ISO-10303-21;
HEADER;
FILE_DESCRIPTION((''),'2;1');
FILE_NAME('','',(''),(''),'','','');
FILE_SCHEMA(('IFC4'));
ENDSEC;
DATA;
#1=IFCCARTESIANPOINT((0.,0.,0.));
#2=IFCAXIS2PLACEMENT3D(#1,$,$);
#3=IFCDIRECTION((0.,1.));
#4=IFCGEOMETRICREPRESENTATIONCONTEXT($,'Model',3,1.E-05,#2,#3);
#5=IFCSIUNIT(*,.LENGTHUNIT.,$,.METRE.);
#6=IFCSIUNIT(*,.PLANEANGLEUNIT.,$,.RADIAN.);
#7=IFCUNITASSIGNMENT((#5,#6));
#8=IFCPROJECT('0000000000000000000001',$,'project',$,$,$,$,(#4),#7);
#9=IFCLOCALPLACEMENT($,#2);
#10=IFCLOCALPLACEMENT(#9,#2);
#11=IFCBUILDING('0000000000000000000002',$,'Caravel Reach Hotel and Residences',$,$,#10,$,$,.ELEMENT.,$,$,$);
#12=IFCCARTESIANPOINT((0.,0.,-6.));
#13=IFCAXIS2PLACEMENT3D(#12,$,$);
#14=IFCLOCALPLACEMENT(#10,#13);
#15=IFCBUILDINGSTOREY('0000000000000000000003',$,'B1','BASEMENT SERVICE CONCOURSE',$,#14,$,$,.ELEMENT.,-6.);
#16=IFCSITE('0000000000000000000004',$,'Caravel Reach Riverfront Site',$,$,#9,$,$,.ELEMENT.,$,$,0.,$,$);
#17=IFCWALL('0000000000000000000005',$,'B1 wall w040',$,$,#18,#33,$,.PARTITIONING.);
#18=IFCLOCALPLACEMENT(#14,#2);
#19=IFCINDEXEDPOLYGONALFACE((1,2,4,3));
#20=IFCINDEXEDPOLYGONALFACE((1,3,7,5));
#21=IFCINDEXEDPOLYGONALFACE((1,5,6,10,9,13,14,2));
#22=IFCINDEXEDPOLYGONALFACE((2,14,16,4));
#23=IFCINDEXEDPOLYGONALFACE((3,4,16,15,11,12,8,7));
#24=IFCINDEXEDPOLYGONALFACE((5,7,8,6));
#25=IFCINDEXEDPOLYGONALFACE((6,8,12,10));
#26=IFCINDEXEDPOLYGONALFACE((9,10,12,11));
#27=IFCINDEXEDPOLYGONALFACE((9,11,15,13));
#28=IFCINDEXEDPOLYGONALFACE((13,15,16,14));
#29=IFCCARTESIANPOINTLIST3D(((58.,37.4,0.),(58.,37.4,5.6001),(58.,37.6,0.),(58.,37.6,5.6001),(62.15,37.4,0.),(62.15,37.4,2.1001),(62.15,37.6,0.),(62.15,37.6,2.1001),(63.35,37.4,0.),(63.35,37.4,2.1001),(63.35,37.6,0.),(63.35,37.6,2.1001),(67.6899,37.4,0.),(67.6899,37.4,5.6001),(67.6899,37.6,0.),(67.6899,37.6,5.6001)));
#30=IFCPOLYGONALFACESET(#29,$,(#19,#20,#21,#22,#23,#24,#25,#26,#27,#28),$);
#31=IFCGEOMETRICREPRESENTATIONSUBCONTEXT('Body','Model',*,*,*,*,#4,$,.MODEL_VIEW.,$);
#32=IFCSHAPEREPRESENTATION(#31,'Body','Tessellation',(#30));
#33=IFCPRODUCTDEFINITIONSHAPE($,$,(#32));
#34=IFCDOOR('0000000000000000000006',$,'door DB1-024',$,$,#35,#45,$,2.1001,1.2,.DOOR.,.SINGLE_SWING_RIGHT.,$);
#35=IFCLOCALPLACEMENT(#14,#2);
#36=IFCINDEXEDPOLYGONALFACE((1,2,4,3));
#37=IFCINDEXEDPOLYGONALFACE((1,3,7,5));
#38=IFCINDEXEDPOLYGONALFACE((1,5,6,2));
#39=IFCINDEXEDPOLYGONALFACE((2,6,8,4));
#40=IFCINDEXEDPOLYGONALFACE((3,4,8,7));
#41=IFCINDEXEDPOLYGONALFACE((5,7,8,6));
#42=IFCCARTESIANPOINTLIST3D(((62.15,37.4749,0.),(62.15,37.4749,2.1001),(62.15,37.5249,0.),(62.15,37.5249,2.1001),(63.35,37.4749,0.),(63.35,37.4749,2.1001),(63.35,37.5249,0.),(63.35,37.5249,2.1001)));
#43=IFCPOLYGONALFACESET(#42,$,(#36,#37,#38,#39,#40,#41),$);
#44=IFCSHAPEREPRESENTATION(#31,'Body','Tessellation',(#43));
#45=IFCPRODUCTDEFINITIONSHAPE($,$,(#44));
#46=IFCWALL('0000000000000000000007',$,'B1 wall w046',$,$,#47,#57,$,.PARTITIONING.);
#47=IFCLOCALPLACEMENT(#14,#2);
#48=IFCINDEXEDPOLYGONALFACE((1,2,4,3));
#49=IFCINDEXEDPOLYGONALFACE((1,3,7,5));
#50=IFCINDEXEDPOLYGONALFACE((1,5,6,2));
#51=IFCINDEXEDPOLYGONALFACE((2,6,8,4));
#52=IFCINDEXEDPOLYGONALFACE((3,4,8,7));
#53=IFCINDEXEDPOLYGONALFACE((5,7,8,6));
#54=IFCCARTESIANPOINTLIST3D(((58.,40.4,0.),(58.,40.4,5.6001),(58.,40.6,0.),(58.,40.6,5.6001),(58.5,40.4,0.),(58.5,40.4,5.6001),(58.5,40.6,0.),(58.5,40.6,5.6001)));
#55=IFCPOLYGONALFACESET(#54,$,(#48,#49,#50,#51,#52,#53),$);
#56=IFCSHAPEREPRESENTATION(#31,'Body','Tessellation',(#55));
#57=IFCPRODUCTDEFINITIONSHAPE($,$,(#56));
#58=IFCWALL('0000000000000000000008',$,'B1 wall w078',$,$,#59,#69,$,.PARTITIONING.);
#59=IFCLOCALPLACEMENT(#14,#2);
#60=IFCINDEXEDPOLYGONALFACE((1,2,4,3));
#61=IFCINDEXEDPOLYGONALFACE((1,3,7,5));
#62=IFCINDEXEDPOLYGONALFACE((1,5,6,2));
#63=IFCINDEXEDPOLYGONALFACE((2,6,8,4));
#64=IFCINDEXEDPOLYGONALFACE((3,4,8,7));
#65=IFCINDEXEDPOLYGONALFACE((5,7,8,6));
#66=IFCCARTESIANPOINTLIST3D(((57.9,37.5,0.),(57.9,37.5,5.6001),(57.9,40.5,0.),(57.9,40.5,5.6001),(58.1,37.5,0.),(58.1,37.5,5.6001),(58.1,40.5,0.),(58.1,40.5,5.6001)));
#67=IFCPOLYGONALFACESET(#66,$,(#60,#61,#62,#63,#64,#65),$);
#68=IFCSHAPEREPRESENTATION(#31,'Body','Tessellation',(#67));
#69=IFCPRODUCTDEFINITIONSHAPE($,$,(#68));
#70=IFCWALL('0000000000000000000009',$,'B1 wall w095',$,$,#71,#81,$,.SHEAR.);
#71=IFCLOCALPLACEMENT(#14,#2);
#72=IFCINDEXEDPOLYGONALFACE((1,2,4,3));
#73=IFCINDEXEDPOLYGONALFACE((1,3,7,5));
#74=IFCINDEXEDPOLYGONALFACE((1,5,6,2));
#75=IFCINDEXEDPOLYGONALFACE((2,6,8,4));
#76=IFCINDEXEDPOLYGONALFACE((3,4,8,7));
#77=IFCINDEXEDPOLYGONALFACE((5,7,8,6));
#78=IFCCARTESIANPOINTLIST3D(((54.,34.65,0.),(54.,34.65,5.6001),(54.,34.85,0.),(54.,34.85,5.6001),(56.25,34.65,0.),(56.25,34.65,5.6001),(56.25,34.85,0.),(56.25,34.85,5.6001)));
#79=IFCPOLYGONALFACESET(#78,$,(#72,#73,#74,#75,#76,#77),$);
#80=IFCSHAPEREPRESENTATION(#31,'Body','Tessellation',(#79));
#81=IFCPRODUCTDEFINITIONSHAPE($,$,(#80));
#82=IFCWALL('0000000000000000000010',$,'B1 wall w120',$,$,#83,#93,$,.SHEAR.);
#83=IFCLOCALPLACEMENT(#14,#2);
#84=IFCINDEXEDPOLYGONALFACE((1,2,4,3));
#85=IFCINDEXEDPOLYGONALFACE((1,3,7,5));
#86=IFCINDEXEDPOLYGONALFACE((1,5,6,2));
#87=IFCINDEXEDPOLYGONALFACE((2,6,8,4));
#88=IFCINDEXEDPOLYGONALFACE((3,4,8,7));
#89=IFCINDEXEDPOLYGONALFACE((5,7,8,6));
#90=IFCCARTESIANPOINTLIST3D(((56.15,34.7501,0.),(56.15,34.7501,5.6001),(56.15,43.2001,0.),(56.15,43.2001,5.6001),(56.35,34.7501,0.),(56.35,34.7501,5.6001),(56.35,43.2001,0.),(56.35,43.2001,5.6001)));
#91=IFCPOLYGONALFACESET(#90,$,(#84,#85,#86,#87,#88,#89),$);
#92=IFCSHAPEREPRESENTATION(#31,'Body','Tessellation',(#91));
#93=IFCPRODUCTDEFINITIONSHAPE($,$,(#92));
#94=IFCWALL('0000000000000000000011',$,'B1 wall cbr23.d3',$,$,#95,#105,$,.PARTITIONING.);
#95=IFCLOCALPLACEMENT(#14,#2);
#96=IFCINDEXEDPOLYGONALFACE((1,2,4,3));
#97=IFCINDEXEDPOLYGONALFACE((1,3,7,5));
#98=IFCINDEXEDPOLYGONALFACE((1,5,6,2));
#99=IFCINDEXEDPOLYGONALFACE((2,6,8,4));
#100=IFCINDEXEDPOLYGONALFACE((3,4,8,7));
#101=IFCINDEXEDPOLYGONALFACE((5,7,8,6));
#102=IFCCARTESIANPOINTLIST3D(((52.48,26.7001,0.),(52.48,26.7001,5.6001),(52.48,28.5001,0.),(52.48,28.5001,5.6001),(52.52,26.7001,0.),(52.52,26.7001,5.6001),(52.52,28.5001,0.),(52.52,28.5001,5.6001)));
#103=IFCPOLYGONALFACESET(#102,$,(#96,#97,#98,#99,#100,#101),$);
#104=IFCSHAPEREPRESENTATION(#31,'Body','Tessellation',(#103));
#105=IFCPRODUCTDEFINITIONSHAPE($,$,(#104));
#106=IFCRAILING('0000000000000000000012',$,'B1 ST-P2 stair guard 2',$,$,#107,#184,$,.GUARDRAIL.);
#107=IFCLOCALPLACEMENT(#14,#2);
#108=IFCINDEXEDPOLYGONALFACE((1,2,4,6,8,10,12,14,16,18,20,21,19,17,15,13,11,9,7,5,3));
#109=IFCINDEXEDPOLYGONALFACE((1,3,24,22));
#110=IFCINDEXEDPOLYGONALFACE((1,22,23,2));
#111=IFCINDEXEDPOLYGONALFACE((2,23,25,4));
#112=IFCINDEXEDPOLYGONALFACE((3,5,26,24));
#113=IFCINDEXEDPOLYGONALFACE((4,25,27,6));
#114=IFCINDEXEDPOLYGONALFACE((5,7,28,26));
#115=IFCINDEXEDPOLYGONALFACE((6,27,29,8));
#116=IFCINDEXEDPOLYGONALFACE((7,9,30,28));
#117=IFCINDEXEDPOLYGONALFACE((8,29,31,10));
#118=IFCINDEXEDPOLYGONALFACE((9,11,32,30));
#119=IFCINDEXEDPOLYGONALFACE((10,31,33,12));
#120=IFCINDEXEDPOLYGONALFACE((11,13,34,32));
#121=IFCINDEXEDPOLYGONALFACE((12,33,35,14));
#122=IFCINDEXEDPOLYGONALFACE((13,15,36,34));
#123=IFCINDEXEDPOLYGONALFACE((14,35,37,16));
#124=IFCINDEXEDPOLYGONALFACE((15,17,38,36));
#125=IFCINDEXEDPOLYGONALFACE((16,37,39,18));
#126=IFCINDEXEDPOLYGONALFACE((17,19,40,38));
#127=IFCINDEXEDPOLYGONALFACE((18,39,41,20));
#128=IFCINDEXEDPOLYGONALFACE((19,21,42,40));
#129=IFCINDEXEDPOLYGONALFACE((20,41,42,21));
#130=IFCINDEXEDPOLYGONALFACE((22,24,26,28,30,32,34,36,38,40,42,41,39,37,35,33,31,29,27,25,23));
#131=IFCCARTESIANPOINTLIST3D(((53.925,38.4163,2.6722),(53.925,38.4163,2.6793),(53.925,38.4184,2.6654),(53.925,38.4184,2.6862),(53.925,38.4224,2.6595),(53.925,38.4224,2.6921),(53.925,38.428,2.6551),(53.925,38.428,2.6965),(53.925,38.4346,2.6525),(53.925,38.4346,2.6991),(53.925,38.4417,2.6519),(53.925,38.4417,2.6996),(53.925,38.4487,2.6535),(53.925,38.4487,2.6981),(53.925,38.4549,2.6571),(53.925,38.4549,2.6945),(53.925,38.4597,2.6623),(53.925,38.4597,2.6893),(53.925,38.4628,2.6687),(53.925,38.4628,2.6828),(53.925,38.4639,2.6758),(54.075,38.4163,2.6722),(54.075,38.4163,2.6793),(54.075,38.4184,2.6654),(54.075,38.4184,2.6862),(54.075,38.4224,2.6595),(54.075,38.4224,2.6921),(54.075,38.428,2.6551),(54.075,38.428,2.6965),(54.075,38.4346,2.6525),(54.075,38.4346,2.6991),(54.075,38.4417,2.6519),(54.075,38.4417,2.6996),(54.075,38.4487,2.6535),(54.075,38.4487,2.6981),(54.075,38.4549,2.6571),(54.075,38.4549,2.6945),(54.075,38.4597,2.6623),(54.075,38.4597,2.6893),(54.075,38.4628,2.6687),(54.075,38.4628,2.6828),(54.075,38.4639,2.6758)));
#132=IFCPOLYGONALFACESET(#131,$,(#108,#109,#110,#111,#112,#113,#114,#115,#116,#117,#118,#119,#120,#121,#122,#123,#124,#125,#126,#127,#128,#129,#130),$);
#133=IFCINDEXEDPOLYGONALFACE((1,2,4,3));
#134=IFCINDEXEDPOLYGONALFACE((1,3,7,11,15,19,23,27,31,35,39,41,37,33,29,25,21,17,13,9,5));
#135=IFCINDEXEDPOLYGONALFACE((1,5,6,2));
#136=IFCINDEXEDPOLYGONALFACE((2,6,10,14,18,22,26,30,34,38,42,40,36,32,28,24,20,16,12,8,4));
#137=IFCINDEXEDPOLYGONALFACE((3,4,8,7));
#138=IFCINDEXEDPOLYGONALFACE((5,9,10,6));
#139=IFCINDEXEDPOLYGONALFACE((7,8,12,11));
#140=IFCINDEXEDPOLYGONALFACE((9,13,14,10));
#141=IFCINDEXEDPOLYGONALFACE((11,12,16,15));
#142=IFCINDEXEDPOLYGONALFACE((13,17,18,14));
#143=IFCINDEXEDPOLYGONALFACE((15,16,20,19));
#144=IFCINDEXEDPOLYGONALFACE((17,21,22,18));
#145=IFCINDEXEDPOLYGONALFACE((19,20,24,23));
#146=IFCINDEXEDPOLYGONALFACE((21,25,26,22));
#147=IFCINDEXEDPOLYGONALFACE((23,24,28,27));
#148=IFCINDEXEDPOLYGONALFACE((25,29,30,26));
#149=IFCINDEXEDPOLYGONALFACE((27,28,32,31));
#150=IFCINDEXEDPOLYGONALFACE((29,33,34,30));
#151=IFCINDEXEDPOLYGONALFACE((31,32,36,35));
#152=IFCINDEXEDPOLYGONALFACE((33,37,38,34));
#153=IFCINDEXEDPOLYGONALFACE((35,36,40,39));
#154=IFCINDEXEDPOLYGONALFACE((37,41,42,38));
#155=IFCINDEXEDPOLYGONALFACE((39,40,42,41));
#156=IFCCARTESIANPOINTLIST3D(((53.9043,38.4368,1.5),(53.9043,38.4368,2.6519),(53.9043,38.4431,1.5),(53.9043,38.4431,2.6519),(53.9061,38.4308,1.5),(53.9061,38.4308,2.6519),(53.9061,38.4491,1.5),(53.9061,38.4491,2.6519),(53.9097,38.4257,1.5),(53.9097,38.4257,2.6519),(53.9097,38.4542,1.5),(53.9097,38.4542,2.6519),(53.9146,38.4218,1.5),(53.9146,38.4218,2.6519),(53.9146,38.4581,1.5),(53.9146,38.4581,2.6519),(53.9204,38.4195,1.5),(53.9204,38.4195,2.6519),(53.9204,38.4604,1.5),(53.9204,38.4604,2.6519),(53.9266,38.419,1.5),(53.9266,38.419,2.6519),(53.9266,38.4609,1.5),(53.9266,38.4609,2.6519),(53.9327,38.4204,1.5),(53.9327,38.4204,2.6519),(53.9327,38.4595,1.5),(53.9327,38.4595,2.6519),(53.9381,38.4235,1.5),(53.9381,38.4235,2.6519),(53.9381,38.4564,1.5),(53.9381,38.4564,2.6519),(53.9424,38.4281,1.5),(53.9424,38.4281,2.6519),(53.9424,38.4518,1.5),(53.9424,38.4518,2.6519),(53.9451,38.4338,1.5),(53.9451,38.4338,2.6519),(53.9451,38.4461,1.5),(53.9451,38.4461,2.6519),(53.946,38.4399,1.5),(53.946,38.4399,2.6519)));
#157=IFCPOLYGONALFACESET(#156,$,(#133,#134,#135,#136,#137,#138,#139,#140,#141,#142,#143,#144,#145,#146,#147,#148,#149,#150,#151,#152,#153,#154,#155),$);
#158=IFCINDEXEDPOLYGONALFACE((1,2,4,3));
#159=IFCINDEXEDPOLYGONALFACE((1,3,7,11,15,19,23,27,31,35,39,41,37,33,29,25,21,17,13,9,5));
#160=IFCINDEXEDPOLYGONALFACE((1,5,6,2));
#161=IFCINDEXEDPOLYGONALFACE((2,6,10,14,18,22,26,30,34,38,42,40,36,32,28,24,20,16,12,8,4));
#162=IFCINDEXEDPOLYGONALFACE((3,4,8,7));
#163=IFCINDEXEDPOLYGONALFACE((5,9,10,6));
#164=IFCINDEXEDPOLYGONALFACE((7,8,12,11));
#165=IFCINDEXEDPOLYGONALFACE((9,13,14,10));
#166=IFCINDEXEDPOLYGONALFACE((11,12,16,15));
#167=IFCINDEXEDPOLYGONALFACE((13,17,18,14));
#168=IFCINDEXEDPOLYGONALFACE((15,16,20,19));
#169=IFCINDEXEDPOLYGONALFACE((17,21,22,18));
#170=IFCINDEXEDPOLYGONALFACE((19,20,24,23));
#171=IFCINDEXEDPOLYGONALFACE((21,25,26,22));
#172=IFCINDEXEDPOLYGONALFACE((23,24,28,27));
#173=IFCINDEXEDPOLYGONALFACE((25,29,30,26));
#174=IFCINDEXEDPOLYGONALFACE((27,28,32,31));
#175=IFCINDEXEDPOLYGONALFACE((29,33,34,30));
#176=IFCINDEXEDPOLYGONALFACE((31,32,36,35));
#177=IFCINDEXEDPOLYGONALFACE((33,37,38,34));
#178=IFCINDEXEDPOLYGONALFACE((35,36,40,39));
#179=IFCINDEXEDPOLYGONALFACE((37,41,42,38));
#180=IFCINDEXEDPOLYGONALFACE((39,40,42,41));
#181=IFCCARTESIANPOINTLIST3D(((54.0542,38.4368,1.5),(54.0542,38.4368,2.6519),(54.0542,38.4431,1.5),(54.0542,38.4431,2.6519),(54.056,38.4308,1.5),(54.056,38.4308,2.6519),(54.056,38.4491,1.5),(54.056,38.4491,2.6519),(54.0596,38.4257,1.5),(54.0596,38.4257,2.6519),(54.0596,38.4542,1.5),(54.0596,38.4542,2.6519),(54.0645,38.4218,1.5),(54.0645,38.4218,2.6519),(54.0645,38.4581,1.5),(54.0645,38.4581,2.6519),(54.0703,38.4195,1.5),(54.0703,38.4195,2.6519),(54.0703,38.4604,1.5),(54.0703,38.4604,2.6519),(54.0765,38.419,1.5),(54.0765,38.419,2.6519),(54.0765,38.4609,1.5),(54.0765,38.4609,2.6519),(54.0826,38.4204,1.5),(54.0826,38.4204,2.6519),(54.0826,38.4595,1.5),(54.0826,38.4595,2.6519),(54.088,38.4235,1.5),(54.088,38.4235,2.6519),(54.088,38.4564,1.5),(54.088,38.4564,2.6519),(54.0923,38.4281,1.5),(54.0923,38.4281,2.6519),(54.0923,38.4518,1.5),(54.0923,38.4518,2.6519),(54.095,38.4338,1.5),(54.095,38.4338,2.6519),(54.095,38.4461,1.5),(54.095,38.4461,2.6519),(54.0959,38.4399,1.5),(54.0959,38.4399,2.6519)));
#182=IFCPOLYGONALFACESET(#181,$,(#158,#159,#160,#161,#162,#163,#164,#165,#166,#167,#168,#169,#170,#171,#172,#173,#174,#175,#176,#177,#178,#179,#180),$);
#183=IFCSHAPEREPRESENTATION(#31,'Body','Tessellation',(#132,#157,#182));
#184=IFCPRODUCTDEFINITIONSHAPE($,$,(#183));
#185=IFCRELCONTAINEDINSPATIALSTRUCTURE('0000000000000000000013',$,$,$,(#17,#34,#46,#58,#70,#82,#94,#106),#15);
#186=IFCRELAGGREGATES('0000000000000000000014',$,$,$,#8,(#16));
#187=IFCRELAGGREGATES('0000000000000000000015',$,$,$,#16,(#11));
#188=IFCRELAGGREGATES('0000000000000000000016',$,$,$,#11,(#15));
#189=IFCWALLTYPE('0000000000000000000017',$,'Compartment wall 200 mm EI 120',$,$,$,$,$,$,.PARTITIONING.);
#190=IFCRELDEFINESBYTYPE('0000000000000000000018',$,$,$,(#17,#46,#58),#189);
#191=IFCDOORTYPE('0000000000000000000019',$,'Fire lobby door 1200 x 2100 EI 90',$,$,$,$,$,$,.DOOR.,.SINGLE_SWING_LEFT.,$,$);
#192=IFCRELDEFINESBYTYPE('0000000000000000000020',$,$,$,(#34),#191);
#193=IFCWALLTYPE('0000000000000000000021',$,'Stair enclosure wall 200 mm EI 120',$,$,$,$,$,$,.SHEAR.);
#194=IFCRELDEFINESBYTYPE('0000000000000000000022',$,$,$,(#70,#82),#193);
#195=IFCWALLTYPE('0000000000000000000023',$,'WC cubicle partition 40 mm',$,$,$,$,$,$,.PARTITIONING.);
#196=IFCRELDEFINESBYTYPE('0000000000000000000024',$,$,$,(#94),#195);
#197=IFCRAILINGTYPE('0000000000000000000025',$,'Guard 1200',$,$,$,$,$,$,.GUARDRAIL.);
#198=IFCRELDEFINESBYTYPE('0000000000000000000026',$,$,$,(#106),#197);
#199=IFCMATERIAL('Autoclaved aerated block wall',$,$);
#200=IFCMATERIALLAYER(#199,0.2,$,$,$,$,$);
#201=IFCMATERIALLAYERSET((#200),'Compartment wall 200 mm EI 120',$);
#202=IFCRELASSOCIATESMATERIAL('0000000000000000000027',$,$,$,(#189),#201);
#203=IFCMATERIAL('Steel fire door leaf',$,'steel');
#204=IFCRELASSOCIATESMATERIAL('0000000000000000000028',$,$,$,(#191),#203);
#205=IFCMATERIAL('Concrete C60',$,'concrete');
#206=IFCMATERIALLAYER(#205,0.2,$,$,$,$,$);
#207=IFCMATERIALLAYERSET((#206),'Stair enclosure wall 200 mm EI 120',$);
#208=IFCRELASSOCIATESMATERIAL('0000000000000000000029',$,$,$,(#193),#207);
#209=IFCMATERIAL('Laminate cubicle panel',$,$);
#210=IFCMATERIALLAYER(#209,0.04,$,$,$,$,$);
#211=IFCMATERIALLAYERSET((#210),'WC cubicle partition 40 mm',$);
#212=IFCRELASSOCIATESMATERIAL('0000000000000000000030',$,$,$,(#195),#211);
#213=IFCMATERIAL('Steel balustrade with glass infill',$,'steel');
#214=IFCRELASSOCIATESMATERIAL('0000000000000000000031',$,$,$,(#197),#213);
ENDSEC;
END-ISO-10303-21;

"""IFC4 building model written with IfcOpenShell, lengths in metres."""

from ifc_helpers import new_model, si_unit, direction, frame, frame_2d, origin, origin_2d, place, context, subcontext, project, spatial, rectangle, circle, extrude, material, layer, layer_set, type_object, element, fill, save


model = new_model("IFC4")

# Units and contexts
model_context = context("Model", 3, precision=1e-05, world=origin(), true_north=direction((0.0, 1.0)))
body_context = subcontext(model_context, "Body", "Model", "MODEL_VIEW")
ifc_project = project(units=[si_unit("LENGTHUNIT", "METRE"), si_unit("PLANEANGLEUNIT", "RADIAN")], contexts=[model_context])

# Site, building, storey
site_placement = place(None, origin())
site = spatial("IfcSite", under=ifc_project, at=site_placement, Name="Caravel Reach Riverfront Site", CompositionType="ELEMENT", RefElevation=0.0)
building_placement = place(site_placement, origin())
building = spatial("IfcBuilding", under=site, at=building_placement, Name="Caravel Reach Hotel and Residences", CompositionType="ELEMENT")
storey_placement = place(building_placement, frame((0.0, 0.0, -6.0)))
storey = spatial("IfcBuildingStorey", under=building, at=storey_placement, Name="B1", Description="BASEMENT SERVICE CONCOURSE", CompositionType="ELEMENT", Elevation=-6.0)

# Wall, opening, door
ifc_material_1 = material(Name="Autoclaved aerated block wall")
ifc_layer_1 = layer(ifc_material_1, 0.2)
ifc_layer_set_1 = layer_set([ifc_layer_1], Name="Compartment wall 200 mm EI 120")
wall_type_1 = type_object("IfcWallType", Name="Compartment wall 200 mm EI 120", PredefinedType="PARTITIONING", material=ifc_layer_set_1)
wall_1_placement = place(storey_placement, frame((58.0, 37.5, 0.0), z_axis=(0.0, 0.0, 1.0), x_axis=(1.0, 0.0, 0.0)))
wall_1 = element("IfcWall", 1, at=wall_1_placement, inside=storey, type_object=wall_type_1, Name="B1 wall w040", PredefinedType="PARTITIONING", context=body_context, shape_type="SweptSolid", body=[
    extrude(rectangle(XDim=9.6899, YDim=0.2, at=frame_2d((4.845, 0.0))), origin(), (0.0, 0.0, 1.0), 5.6001),
])
opening_placement = place(wall_1_placement, frame((4.1499, 0.0, 0.0)))
opening = element("IfcOpeningElement", 2, at=opening_placement, cuts=wall_1, PredefinedType="OPENING", context=body_context, shape_type="SweptSolid", body=[
    extrude(rectangle(XDim=1.2, YDim=2.1001, at=frame_2d((0.6001, 1.05))), frame((0.0, 0.1099, 0.0), z_axis=(0.0, -1.0, 0.0), x_axis=(1.0, 0.0, 0.0)), (0.0, 0.0, 1.0), 0.22),
])
ifc_material_2 = material(Name="Steel fire door leaf", Category="steel")
door_type = type_object("IfcDoorType", Name="Fire lobby door 1200 x 2100 EI 90", OperationType="SINGLE_SWING_LEFT", PredefinedType="DOOR", material=ifc_material_2)
door_placement = place(opening_placement, origin())
door = element("IfcDoor", 3, at=door_placement, inside=storey, type_object=door_type, Name="door DB1-024", OperationType="SINGLE_SWING_RIGHT", OverallHeight=2.1001, OverallWidth=1.2, PredefinedType="DOOR", context=body_context, shape_type="SweptSolid", body=[
    extrude(rectangle(XDim=1.2, YDim=2.1001, at=frame_2d((0.6001, 1.05))), frame((0.0, 0.0249, 0.0), z_axis=(0.0, -1.0, 0.0), x_axis=(1.0, 0.0, 0.0)), (0.0, 0.0, 1.0), 0.05),
])
fill(opening, door)

# Walls
wall_2_placement = place(storey_placement, frame((58.0, 40.5, 0.0), z_axis=(0.0, 0.0, 1.0), x_axis=(1.0, 0.0, 0.0)))
element("IfcWall", 4, at=wall_2_placement, inside=storey, type_object=wall_type_1, Name="B1 wall w046", PredefinedType="PARTITIONING", context=body_context, shape_type="SweptSolid", body=[
    extrude(rectangle(XDim=0.5, YDim=0.2, at=frame_2d((0.25, 0.0))), origin(), (0.0, 0.0, 1.0), 5.6001),
])
wall_3_placement = place(storey_placement, frame((58.0, 37.5, 0.0), z_axis=(0.0, 0.0, 1.0), x_axis=(0.0, 1.0, 0.0)))
element("IfcWall", 5, at=wall_3_placement, inside=storey, type_object=wall_type_1, Name="B1 wall w078", PredefinedType="PARTITIONING", context=body_context, shape_type="SweptSolid", body=[
    extrude(rectangle(XDim=3.0, YDim=0.2, at=frame_2d((1.5, 0.0))), origin(), (0.0, 0.0, 1.0), 5.6001),
])
ifc_material_3 = material(Name="Concrete C60", Category="concrete")
ifc_layer_2 = layer(ifc_material_3, 0.2)
ifc_layer_set_2 = layer_set([ifc_layer_2], Name="Stair enclosure wall 200 mm EI 120")
wall_type_2 = type_object("IfcWallType", Name="Stair enclosure wall 200 mm EI 120", PredefinedType="SHEAR", material=ifc_layer_set_2)
wall_4_placement = place(storey_placement, frame((54.0, 34.75, 0.0), z_axis=(0.0, 0.0, 1.0), x_axis=(1.0, 0.0, 0.0)))
element("IfcWall", 6, at=wall_4_placement, inside=storey, type_object=wall_type_2, Name="B1 wall w095", PredefinedType="SHEAR", context=body_context, shape_type="SweptSolid", body=[
    extrude(rectangle(XDim=2.25, YDim=0.2, at=frame_2d((1.125, 0.0))), origin(), (0.0, 0.0, 1.0), 5.6001),
])
wall_5_placement = place(storey_placement, frame((56.25, 34.75, 0.0), z_axis=(0.0, 0.0, 1.0), x_axis=(0.0, 1.0, 0.0)))
element("IfcWall", 7, at=wall_5_placement, inside=storey, type_object=wall_type_2, Name="B1 wall w120", PredefinedType="SHEAR", context=body_context, shape_type="SweptSolid", body=[
    extrude(rectangle(XDim=8.45, YDim=0.2, at=frame_2d((4.2251, 0.0))), origin(), (0.0, 0.0, 1.0), 5.6001),
])
ifc_material_4 = material(Name="Laminate cubicle panel")
ifc_layer_3 = layer(ifc_material_4, 0.04)
ifc_layer_set_3 = layer_set([ifc_layer_3], Name="WC cubicle partition 40 mm")
wall_type_3 = type_object("IfcWallType", Name="WC cubicle partition 40 mm", PredefinedType="PARTITIONING", material=ifc_layer_set_3)
wall_6_placement = place(storey_placement, frame((52.5, 28.5, 0.0), z_axis=(0.0, 0.0, 1.0), x_axis=(0.0, -1.0, 0.0)))
element("IfcWall", 8, at=wall_6_placement, inside=storey, type_object=wall_type_3, Name="B1 wall cbr23.d3", PredefinedType="PARTITIONING", context=body_context, shape_type="SweptSolid", body=[
    extrude(rectangle(XDim=1.8, YDim=0.04, at=frame_2d((0.8999, 0.0))), origin(), (0.0, 0.0, 1.0), 5.6001),
])

# Railing
ifc_material_5 = material(Name="Steel balustrade with glass infill", Category="steel")
railing_type_1 = type_object("IfcRailingType", Name="Guard 1200", PredefinedType="GUARDRAIL", material=ifc_material_5)
railing_1_placement = place(storey_placement, frame((53.925, 38.4399, 1.5)))
element("IfcRailing", 9, at=railing_1_placement, inside=storey, type_object=railing_type_1, Name="B1 ST-P2 stair guard 2", PredefinedType="GUARDRAIL", context=body_context, shape_type="SweptSolid", body=[
    extrude(circle(Radius=0.0239, at=origin_2d()), frame((0.0, 0.0, 1.1758), z_axis=(1.0, 0.0, 0.0), x_axis=(0.0, 1.0, 0.0)), (0.0, 0.0, 1.0), 0.1499),
    extrude(circle(Radius=0.021, at=origin_2d()), origin(), (0.0, 0.0, 1.0), 1.1519),
    extrude(circle(Radius=0.021, at=origin_2d()), frame((0.1499, 0.0, 0.0)), (0.0, 0.0, 1.0), 1.1519),
])

save(model, "model.ifc")
